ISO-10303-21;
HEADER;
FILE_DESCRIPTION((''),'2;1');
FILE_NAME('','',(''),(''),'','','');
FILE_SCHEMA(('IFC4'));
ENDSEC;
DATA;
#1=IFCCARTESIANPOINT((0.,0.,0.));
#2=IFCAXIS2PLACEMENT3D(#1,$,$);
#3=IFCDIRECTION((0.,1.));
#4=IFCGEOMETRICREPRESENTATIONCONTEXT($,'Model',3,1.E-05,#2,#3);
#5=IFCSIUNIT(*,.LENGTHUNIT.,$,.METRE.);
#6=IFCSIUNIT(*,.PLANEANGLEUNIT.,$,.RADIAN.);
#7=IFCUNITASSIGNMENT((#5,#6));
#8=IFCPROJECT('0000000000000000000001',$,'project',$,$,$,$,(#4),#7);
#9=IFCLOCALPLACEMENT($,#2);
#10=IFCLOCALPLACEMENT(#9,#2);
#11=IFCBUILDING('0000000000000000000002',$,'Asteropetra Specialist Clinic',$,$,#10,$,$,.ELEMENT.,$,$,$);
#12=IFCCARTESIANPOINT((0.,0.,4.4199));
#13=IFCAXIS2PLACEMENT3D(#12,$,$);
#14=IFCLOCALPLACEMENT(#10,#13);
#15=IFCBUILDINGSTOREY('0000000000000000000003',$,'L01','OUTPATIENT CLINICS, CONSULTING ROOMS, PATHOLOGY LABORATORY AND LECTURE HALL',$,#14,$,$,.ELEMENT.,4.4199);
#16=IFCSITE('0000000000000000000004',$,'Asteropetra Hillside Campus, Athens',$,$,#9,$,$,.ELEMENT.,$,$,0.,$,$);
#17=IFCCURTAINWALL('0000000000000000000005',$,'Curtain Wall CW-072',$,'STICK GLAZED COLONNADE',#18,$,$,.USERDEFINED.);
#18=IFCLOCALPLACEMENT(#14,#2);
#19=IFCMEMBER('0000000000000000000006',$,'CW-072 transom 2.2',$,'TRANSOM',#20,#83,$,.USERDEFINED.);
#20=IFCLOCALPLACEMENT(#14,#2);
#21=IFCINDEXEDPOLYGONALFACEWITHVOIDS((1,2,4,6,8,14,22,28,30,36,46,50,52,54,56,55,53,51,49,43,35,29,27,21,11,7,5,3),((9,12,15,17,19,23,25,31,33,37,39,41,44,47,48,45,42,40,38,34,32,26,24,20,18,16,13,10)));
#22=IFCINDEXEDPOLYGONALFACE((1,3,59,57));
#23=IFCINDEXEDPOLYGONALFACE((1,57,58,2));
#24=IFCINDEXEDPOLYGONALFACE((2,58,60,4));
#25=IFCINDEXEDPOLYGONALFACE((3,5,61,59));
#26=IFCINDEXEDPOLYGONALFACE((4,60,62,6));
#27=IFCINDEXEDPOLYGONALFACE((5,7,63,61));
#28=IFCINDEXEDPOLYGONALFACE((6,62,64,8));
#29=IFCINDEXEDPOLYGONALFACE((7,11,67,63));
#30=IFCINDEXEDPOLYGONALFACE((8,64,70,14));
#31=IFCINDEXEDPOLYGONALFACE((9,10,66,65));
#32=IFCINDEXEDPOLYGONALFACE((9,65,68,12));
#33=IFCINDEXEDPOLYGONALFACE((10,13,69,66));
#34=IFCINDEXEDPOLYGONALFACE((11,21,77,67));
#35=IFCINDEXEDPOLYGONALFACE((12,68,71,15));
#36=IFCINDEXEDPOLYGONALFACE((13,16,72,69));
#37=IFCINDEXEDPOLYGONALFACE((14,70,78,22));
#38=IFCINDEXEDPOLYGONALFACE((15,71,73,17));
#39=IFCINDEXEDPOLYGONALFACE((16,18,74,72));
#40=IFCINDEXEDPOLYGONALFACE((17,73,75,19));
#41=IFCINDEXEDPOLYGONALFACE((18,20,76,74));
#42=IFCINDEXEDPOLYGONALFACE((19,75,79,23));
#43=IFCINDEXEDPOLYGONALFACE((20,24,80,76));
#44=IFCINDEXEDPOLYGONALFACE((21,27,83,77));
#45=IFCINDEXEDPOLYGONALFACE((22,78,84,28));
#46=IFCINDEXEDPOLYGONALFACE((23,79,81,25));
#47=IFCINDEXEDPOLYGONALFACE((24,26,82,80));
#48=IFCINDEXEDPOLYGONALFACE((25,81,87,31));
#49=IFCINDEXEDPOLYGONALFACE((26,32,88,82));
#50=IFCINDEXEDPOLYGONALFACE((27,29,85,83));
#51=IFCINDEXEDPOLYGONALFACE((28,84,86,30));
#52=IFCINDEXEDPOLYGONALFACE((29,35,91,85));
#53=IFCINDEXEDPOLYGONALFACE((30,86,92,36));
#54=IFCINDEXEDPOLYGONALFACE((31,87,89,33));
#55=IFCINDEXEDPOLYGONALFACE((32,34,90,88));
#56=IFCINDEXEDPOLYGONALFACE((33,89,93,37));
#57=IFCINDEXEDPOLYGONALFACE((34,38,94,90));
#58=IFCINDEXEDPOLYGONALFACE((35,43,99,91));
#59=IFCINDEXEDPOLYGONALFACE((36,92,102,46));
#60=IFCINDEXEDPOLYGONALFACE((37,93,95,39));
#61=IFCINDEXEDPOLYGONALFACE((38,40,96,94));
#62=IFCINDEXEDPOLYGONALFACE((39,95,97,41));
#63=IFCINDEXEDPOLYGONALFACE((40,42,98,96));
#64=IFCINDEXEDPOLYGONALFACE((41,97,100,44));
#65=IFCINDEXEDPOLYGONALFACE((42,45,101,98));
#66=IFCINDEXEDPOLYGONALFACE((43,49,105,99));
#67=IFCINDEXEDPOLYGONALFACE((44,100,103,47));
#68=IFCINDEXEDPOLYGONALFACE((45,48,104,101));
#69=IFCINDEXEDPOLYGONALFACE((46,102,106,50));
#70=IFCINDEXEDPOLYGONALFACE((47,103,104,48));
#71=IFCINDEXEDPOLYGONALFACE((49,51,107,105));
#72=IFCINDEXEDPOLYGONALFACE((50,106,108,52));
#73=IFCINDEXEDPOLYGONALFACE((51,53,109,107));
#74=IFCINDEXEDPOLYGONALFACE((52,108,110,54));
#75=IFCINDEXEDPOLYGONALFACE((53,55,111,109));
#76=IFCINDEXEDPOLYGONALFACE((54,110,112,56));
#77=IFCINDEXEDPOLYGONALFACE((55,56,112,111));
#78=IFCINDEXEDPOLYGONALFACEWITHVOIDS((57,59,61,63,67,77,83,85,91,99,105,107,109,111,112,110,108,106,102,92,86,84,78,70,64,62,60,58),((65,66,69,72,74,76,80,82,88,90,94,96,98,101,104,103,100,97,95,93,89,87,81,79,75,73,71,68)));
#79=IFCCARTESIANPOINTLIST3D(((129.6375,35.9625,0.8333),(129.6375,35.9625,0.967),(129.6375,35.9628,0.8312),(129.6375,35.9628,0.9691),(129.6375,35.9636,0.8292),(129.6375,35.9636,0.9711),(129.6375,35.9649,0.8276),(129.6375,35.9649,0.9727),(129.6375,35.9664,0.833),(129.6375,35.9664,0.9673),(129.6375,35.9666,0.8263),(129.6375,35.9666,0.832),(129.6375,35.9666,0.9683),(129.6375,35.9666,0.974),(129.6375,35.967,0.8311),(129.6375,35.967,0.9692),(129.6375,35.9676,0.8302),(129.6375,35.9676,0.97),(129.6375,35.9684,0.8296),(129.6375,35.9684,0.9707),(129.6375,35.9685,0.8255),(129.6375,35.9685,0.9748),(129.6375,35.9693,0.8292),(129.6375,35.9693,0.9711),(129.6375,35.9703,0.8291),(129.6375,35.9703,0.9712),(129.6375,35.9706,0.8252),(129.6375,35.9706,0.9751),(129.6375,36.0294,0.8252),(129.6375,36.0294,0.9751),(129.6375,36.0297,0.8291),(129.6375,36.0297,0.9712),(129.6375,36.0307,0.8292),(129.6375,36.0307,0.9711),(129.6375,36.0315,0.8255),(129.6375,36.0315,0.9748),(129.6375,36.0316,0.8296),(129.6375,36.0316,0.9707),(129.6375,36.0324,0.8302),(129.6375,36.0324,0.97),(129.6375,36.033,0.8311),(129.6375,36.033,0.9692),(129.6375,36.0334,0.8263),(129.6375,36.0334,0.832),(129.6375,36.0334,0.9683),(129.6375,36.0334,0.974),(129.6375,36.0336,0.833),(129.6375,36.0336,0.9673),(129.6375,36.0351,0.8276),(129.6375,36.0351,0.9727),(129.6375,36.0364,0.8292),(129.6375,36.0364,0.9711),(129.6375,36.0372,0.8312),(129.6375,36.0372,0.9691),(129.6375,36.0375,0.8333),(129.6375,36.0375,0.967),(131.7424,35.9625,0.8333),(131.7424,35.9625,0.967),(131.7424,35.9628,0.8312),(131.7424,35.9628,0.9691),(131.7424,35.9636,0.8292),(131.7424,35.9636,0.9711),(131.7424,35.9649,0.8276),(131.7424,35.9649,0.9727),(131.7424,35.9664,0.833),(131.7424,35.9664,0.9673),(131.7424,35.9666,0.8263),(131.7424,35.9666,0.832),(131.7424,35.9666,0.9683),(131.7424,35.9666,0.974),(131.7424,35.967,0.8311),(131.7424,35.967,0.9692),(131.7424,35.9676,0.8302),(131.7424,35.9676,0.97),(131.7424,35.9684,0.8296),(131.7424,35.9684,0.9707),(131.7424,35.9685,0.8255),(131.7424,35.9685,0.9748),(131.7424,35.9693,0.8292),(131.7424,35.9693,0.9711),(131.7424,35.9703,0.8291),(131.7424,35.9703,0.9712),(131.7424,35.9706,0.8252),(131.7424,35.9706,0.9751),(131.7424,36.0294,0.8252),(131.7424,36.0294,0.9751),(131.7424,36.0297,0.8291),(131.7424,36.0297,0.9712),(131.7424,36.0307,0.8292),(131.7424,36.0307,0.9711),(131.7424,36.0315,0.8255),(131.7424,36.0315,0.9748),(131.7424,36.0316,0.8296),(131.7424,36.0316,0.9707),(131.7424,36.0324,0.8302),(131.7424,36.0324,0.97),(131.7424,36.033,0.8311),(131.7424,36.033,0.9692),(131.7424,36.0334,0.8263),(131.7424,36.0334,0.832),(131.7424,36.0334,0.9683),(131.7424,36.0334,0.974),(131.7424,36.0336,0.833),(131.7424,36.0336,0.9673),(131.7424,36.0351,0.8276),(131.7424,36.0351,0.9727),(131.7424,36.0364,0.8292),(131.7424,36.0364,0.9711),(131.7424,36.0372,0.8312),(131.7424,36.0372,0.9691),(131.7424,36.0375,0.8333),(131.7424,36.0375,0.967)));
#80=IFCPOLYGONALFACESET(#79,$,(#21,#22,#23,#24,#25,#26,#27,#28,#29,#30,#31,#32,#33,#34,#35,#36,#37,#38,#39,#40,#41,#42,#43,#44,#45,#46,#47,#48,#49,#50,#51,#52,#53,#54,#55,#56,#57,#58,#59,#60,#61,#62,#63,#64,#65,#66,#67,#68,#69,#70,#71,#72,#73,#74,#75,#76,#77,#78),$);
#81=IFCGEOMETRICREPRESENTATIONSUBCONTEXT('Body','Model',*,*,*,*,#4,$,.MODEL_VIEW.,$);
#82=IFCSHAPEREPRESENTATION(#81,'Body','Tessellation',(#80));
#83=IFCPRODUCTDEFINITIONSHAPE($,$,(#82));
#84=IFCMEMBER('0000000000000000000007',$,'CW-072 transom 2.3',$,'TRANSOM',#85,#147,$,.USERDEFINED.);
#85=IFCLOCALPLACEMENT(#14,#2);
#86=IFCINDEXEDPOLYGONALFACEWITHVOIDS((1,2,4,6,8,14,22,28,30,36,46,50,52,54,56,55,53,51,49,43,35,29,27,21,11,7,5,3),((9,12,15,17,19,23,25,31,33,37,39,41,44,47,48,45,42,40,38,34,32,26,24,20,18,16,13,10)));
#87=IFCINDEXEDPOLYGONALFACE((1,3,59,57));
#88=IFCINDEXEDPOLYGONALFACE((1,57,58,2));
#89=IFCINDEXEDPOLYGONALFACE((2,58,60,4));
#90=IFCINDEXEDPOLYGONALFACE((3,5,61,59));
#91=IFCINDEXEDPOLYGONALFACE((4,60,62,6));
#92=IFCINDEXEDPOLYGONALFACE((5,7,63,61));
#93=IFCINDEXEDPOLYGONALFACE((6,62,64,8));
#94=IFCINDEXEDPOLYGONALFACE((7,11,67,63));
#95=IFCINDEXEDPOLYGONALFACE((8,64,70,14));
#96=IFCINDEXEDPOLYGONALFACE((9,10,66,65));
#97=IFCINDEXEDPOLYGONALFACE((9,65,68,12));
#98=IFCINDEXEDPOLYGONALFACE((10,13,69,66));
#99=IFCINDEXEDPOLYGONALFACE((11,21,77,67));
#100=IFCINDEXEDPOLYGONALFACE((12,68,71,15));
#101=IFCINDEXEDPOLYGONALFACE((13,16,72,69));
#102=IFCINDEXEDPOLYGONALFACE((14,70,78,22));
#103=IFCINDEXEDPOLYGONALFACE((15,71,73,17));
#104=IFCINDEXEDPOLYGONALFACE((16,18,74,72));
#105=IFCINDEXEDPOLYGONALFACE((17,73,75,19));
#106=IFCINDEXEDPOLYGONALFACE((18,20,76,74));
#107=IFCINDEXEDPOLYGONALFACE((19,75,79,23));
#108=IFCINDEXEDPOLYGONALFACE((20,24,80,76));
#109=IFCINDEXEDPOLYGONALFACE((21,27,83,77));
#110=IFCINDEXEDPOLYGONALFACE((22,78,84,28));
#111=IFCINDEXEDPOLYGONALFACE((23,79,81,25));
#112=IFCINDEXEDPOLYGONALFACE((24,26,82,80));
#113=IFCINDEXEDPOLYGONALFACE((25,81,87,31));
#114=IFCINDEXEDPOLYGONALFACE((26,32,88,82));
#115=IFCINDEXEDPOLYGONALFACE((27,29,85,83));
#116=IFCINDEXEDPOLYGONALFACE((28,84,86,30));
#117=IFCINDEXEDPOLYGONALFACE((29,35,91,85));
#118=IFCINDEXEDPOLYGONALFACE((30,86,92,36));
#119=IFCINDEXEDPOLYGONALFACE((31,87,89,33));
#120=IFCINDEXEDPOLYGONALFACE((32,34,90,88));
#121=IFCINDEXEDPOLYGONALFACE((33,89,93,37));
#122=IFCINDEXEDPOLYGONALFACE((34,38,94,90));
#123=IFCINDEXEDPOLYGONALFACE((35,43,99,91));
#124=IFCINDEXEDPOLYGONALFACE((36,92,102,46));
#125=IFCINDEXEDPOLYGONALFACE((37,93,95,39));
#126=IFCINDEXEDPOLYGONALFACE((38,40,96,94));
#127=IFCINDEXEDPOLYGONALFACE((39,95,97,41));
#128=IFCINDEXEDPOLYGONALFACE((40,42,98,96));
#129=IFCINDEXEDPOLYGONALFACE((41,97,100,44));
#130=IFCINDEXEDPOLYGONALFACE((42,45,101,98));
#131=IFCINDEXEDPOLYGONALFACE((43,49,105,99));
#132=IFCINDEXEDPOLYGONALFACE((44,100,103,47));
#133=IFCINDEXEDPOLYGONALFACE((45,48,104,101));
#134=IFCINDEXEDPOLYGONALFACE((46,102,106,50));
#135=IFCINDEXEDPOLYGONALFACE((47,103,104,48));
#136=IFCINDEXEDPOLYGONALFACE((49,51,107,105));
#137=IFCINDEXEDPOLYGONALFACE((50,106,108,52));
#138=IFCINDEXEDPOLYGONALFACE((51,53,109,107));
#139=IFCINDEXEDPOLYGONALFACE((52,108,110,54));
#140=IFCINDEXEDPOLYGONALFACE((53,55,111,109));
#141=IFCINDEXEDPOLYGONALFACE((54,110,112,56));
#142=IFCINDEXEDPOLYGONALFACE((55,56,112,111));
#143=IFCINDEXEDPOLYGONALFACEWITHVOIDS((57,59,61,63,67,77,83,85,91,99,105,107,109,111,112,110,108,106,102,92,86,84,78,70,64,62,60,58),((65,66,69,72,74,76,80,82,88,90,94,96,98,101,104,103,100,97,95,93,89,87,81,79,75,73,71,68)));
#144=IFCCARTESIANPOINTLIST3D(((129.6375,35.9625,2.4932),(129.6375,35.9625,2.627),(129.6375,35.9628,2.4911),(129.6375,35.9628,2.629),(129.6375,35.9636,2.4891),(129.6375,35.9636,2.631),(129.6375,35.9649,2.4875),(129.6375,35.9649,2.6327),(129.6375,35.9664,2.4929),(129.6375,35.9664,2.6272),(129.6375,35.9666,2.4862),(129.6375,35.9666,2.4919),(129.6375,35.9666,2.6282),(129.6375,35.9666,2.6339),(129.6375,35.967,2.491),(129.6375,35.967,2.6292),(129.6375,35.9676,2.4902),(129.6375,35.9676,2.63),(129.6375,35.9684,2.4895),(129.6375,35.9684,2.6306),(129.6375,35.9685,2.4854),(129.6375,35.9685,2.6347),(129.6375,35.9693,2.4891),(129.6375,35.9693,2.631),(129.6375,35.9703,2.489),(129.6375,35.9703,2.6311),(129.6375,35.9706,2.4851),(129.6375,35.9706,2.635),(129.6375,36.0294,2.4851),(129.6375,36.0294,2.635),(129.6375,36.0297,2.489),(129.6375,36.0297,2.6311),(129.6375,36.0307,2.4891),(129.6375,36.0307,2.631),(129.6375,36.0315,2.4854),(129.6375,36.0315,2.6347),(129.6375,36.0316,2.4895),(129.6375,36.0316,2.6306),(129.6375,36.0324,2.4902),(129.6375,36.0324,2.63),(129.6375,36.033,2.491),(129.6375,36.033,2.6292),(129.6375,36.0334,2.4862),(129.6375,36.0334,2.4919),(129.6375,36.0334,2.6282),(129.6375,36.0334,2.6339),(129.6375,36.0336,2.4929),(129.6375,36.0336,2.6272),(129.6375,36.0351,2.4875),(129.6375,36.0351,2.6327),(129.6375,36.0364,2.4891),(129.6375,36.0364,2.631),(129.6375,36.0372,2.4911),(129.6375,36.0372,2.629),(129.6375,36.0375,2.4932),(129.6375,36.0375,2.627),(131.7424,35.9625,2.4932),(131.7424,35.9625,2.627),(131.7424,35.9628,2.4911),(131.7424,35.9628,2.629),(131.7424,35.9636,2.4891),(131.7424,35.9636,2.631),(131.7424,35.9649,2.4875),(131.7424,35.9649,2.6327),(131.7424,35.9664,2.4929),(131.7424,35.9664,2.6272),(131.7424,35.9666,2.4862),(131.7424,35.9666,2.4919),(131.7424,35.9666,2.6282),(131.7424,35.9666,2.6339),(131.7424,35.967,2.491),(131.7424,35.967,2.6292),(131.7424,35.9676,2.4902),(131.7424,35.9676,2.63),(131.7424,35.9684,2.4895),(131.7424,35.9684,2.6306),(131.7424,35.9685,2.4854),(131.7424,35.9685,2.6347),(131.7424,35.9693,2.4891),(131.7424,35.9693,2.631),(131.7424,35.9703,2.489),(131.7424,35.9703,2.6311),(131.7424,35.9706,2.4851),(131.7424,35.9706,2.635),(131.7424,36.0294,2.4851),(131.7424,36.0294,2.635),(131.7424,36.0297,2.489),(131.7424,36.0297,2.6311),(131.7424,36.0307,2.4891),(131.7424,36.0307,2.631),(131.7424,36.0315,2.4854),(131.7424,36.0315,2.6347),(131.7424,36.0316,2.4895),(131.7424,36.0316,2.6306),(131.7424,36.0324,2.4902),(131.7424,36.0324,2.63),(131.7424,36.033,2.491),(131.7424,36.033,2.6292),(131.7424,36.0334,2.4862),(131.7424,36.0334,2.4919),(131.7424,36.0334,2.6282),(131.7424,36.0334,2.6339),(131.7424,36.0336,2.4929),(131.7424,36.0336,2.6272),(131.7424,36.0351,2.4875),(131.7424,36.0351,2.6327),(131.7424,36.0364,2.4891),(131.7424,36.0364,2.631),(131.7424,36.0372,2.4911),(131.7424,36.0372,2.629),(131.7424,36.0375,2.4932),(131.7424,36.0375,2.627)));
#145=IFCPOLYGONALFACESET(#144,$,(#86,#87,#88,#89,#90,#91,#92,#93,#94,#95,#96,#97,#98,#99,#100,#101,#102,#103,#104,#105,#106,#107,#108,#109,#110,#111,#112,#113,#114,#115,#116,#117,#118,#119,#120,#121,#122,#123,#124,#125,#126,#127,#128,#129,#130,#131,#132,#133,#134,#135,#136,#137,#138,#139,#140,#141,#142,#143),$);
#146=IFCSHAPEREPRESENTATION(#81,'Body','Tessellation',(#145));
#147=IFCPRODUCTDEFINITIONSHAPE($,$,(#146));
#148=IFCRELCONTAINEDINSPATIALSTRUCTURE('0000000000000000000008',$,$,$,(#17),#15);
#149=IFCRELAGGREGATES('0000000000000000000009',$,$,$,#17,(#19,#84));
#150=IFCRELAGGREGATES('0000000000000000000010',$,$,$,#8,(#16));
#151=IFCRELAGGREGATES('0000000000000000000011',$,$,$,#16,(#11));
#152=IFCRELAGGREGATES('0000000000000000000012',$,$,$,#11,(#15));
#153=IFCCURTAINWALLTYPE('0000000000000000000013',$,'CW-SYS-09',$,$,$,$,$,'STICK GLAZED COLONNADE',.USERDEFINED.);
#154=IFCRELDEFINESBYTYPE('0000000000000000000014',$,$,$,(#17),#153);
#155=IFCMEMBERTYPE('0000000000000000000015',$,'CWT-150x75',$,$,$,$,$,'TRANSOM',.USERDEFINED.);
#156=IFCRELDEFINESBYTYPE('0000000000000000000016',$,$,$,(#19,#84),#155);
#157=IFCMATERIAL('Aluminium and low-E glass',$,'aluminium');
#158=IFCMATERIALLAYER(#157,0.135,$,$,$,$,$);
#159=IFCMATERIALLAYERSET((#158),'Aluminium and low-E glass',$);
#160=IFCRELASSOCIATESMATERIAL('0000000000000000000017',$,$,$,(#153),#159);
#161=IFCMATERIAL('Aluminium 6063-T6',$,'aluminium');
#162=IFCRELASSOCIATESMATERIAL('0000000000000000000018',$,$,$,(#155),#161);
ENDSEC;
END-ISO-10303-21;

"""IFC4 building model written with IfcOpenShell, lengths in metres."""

from ifc_helpers import new_model, si_unit, direction, frame, origin, origin_2d, place, context, subcontext, project, spatial, hollow_rectangle, extrude, material, layer, layer_set, material_profile, profile_set, type_object, element, aggregate, save


model = new_model("IFC4")

# Units and contexts
model_context = context("Model", 3, precision=1e-05, world=origin(), true_north=direction((0.0, 1.0)))
body_context = subcontext(model_context, "Body", "Model", "MODEL_VIEW")
ifc_project = project(units=[si_unit("LENGTHUNIT", "METRE"), si_unit("PLANEANGLEUNIT", "RADIAN")], contexts=[model_context])

# Site, building, storey
site_placement = place(None, origin())
site = spatial("IfcSite", under=ifc_project, at=site_placement, Name="Asteropetra Hillside Campus, Athens", CompositionType="ELEMENT", RefElevation=0.0)
building_placement = place(site_placement, origin())
building = spatial("IfcBuilding", under=site, at=building_placement, Name="Asteropetra Specialist Clinic", CompositionType="ELEMENT")
storey_placement = place(building_placement, frame((0.0, 0.0, 4.4199)))
storey = spatial("IfcBuildingStorey", under=building, at=storey_placement, Name="L01", Description="OUTPATIENT CLINICS, CONSULTING ROOMS, PATHOLOGY LABORATORY AND LECTURE HALL", CompositionType="ELEMENT", Elevation=4.4199)

# Curtain wall, members
ifc_material_1 = material(Name="Aluminium and low-E glass", Category="aluminium")
ifc_layer_1 = layer(ifc_material_1, 0.135)
ifc_layer_set_1 = layer_set([ifc_layer_1], Name="Aluminium and low-E glass")
curtain_wall_type = type_object("IfcCurtainWallType", Name="CW-SYS-09", ElementType="STICK GLAZED COLONNADE", PredefinedType="USERDEFINED", material=ifc_layer_set_1)
curtain_wall_placement = place(storey_placement, origin())
curtain_wall = element("IfcCurtainWall", 1, at=curtain_wall_placement, inside=storey, type_object=curtain_wall_type, Name="Curtain Wall CW-072", ObjectType="STICK GLAZED COLONNADE", PredefinedType="USERDEFINED")
ifc_material_2 = material(Name="Aluminium 6063-T6", Category="aluminium")
ifc_material_profile_1 = material_profile(ifc_material_2, hollow_rectangle(XDim=0.075, YDim=0.1499, WallThickness=0.0039, InnerFilletRadius=0.0039, OuterFilletRadius=0.0081, at=origin_2d()), Name="TRN 150x75x4.0")
ifc_profile_set_1 = profile_set([ifc_material_profile_1], Name="Aluminium 6063-T6")
member_type_1 = type_object("IfcMemberType", Name="CWT-150x75", ElementType="TRANSOM", PredefinedType="USERDEFINED", material=ifc_profile_set_1)
member_1_placement = place(storey_placement, frame((131.7424, 36.0, 0.9001), z_axis=(-1.0, 0.0, 0.0), x_axis=(0.0, -1.0, 0.0)))
member_1 = element("IfcMember", 2, at=member_1_placement, type_object=member_type_1, Name="CW-072 transom 2.2", ObjectType="TRANSOM", PredefinedType="USERDEFINED", context=body_context, shape_type="SweptSolid", body=[
    extrude(hollow_rectangle(XDim=0.075, YDim=0.1499, WallThickness=0.0039, InnerFilletRadius=0.0039, OuterFilletRadius=0.0081, at=origin_2d()), origin(), (0.0, 0.0, 1.0), 2.105),
])
member_2_placement = place(storey_placement, frame((131.7424, 36.0, 2.5601), z_axis=(-1.0, 0.0, 0.0), x_axis=(0.0, -1.0, 0.0)))
member_2 = element("IfcMember", 3, at=member_2_placement, type_object=member_type_1, Name="CW-072 transom 2.3", ObjectType="TRANSOM", PredefinedType="USERDEFINED", context=body_context, shape_type="SweptSolid", body=[
    extrude(hollow_rectangle(XDim=0.075, YDim=0.1499, WallThickness=0.0039, InnerFilletRadius=0.0039, OuterFilletRadius=0.0081, at=origin_2d()), origin(), (0.0, 0.0, 1.0), 2.105),
])
aggregate(curtain_wall, [member_1, member_2])

save(model, "model.ifc")
